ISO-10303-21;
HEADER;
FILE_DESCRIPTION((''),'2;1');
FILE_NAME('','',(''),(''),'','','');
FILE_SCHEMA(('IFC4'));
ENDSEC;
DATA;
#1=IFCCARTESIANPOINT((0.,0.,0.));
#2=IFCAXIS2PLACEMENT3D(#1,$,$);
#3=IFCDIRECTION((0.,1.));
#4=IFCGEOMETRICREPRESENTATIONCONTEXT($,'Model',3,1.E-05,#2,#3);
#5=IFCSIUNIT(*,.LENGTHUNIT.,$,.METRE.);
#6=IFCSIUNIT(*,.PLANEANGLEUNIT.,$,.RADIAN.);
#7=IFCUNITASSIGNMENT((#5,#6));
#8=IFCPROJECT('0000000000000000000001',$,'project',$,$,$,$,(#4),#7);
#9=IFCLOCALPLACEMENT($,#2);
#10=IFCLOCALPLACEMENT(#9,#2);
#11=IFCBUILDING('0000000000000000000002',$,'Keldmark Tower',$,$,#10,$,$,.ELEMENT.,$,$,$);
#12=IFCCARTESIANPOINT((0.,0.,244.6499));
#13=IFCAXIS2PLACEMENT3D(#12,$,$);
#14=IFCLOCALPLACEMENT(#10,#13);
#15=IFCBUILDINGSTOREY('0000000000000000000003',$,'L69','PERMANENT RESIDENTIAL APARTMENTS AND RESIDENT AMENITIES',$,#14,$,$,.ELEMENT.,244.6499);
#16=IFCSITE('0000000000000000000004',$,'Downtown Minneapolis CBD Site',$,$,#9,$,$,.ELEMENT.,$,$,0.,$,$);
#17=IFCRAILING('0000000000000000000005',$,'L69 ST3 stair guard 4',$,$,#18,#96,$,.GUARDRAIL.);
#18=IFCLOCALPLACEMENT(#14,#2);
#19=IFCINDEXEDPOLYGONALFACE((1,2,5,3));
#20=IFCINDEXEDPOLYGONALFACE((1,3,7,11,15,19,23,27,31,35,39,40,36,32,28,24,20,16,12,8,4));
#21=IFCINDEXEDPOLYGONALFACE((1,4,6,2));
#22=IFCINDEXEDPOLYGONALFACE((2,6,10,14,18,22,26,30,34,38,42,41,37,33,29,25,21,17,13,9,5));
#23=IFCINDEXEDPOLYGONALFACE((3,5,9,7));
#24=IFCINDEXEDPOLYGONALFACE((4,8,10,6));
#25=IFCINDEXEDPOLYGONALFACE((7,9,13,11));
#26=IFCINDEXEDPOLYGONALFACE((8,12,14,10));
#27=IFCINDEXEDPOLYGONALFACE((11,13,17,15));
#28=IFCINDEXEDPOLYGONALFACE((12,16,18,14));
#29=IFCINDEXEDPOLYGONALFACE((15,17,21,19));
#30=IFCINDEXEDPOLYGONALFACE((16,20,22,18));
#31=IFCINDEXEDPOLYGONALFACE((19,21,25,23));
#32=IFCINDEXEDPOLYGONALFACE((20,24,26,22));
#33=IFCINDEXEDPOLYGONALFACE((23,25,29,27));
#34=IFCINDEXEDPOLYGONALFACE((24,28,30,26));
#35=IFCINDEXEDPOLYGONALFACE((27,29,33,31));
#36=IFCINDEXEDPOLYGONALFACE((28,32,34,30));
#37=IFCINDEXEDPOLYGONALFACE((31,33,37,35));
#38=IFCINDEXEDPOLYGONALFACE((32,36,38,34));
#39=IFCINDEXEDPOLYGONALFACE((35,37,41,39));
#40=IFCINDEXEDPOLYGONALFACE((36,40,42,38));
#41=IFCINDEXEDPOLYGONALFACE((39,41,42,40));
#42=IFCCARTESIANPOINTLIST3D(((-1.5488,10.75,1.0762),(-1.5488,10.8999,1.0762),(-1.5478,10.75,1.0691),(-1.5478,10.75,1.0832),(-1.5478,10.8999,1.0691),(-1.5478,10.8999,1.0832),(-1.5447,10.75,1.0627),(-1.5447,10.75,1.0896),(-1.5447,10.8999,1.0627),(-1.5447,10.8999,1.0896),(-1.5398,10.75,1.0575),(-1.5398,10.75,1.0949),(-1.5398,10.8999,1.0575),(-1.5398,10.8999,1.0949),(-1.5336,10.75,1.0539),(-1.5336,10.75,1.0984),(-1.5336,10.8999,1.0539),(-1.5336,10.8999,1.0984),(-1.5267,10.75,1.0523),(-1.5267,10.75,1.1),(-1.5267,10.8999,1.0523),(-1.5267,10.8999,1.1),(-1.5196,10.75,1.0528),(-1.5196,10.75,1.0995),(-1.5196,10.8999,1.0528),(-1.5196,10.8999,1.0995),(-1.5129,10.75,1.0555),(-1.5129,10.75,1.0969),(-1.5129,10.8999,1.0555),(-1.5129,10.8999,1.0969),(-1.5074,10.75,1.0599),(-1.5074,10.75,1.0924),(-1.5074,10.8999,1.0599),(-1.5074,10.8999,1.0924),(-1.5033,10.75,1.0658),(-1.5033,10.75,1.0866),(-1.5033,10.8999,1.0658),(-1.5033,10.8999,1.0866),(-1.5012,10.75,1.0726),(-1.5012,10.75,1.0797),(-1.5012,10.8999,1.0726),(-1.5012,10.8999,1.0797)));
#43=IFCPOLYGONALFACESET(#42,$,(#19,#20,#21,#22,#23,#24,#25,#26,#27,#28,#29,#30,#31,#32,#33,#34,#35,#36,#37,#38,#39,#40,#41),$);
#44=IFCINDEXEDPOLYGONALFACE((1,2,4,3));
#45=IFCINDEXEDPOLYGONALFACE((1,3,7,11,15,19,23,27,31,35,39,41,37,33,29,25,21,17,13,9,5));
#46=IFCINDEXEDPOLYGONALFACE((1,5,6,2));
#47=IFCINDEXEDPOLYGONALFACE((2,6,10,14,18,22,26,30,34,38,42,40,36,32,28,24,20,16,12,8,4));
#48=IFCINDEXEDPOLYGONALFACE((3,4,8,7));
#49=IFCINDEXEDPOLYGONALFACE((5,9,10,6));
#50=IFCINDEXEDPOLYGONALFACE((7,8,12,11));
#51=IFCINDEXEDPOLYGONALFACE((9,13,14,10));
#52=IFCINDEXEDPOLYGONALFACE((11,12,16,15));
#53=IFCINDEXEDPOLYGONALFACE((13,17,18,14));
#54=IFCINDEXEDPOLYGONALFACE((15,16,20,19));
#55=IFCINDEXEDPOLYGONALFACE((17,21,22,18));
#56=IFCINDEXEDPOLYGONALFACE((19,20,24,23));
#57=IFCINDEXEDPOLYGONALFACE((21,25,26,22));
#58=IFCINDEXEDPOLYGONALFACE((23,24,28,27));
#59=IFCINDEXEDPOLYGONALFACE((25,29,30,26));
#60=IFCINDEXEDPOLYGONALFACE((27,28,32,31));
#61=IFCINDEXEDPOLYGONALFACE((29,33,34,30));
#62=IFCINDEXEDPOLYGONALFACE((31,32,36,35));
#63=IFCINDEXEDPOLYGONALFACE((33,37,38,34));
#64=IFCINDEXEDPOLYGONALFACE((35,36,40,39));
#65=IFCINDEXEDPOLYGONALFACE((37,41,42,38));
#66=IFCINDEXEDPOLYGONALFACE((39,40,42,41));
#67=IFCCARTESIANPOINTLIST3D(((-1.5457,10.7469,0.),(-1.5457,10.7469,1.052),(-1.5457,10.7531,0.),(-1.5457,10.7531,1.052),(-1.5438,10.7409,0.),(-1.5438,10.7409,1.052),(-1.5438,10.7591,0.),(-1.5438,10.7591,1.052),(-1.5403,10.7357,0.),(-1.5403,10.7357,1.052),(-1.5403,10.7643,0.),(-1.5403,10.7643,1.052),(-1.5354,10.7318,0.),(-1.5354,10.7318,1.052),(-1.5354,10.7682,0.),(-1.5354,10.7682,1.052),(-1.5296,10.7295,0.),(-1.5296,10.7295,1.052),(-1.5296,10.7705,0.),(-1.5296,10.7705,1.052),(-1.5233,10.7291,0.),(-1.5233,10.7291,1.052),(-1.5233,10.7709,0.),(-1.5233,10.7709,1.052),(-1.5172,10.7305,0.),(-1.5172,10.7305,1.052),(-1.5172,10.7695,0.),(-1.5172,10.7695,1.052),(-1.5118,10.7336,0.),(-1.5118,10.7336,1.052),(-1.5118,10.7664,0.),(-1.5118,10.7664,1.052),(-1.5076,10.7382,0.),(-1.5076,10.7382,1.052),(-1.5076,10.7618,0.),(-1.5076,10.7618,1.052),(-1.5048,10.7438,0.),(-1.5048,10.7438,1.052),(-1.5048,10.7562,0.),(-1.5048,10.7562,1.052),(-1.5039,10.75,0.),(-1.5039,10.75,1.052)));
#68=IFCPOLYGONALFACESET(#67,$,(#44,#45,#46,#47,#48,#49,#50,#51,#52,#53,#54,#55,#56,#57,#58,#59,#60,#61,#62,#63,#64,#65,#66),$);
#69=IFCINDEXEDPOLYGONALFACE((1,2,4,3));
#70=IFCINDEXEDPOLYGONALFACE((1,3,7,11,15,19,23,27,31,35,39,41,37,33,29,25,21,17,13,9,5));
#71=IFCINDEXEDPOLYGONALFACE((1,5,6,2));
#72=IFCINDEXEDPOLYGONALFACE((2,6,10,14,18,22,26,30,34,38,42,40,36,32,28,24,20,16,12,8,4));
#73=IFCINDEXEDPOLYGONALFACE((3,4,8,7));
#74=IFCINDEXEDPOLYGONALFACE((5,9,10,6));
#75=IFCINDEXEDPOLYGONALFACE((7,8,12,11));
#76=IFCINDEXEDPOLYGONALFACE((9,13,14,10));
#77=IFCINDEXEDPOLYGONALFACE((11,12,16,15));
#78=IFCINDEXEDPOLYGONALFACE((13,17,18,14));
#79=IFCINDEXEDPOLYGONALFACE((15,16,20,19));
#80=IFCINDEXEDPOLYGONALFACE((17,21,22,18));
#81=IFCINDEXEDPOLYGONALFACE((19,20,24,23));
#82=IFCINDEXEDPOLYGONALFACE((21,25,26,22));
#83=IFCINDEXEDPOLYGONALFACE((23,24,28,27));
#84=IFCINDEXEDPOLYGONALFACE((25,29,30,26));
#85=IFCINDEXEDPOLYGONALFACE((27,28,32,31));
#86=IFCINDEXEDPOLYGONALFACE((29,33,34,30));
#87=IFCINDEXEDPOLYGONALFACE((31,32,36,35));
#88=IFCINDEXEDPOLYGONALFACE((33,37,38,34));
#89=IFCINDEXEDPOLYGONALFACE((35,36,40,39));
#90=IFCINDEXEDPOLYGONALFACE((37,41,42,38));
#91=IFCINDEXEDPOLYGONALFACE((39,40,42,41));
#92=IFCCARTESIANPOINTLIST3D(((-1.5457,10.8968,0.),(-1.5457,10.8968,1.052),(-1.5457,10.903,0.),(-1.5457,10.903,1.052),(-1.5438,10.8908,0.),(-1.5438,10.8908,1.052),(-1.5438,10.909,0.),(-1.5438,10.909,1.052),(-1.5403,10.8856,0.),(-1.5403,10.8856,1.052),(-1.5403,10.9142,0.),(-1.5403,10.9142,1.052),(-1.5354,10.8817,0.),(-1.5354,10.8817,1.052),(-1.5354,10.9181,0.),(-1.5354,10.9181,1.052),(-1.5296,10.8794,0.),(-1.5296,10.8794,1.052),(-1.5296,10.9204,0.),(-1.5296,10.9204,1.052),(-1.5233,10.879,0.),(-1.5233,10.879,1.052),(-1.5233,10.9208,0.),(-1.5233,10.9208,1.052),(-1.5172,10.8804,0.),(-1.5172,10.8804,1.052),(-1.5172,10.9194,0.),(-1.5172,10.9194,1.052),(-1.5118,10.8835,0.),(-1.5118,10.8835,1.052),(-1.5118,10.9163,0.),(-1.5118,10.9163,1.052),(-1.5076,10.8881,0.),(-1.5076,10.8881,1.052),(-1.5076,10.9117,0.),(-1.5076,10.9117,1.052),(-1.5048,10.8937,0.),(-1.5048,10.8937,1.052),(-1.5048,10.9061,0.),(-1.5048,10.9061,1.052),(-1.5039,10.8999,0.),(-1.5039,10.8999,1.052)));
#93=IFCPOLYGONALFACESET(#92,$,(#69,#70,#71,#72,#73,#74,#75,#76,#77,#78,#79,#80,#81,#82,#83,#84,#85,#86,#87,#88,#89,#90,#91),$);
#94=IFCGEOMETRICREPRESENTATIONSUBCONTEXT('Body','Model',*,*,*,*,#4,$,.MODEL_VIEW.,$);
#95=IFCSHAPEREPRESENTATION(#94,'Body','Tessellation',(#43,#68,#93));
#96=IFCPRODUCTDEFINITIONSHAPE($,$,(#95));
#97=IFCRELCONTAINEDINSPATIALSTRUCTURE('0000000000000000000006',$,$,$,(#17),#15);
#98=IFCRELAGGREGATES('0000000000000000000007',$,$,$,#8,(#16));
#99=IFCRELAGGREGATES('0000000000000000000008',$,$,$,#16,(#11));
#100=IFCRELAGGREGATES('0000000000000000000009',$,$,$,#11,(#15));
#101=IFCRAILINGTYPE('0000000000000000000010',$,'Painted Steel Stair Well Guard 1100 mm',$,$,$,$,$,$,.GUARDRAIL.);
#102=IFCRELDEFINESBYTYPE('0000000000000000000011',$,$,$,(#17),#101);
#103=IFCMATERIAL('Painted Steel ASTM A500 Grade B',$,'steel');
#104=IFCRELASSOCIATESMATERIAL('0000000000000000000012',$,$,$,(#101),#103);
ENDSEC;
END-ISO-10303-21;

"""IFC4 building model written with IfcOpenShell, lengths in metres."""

from ifc_helpers import new_model, si_unit, direction, frame, origin, origin_2d, place, context, subcontext, project, spatial, circle, extrude, material, type_object, element, save


model = new_model("IFC4")

# Units and contexts
model_context = context("Model", 3, precision=1e-05, world=origin(), true_north=direction((0.0, 1.0)))
body_context = subcontext(model_context, "Body", "Model", "MODEL_VIEW")
ifc_project = project(units=[si_unit("LENGTHUNIT", "METRE"), si_unit("PLANEANGLEUNIT", "RADIAN")], contexts=[model_context])

# Site, building, storey
site_placement = place(None, origin())
site = spatial("IfcSite", under=ifc_project, at=site_placement, Name="Downtown Minneapolis CBD Site", CompositionType="ELEMENT", RefElevation=0.0)
building_placement = place(site_placement, origin())
building = spatial("IfcBuilding", under=site, at=building_placement, Name="Keldmark Tower", CompositionType="ELEMENT")
storey_placement = place(building_placement, frame((0.0, 0.0, 244.6499)))
storey = spatial("IfcBuildingStorey", under=building, at=storey_placement, Name="L69", Description="PERMANENT RESIDENTIAL APARTMENTS AND RESIDENT AMENITIES", CompositionType="ELEMENT", Elevation=244.6499)

# Railing
ifc_material_1 = material(Name="Painted Steel ASTM A500 Grade B", Category="steel")
railing_type_1 = type_object("IfcRailingType", Name="Painted Steel Stair Well Guard 1100 mm", PredefinedType="GUARDRAIL", material=ifc_material_1)
railing_1_placement = place(storey_placement, frame((-1.5249, 10.75, 0.0)))
element("IfcRailing", 1, at=railing_1_placement, inside=storey, type_object=railing_type_1, Name="L69 ST3 stair guard 4", PredefinedType="GUARDRAIL", context=body_context, shape_type="SweptSolid", body=[
    extrude(circle(Radius=0.0239, at=origin_2d()), frame((0.0, 0.0, 1.0762), z_axis=(0.0, 1.0, 0.0), x_axis=(-1.0, 0.0, 0.0)), (0.0, 0.0, 1.0), 0.1499),
    extrude(circle(Radius=0.021, at=origin_2d()), origin(), (0.0, 0.0, 1.0), 1.052),
    extrude(circle(Radius=0.021, at=origin_2d()), frame((0.0, 0.1499, 0.0)), (0.0, 0.0, 1.0), 1.052),
])

save(model, "model.ifc")
